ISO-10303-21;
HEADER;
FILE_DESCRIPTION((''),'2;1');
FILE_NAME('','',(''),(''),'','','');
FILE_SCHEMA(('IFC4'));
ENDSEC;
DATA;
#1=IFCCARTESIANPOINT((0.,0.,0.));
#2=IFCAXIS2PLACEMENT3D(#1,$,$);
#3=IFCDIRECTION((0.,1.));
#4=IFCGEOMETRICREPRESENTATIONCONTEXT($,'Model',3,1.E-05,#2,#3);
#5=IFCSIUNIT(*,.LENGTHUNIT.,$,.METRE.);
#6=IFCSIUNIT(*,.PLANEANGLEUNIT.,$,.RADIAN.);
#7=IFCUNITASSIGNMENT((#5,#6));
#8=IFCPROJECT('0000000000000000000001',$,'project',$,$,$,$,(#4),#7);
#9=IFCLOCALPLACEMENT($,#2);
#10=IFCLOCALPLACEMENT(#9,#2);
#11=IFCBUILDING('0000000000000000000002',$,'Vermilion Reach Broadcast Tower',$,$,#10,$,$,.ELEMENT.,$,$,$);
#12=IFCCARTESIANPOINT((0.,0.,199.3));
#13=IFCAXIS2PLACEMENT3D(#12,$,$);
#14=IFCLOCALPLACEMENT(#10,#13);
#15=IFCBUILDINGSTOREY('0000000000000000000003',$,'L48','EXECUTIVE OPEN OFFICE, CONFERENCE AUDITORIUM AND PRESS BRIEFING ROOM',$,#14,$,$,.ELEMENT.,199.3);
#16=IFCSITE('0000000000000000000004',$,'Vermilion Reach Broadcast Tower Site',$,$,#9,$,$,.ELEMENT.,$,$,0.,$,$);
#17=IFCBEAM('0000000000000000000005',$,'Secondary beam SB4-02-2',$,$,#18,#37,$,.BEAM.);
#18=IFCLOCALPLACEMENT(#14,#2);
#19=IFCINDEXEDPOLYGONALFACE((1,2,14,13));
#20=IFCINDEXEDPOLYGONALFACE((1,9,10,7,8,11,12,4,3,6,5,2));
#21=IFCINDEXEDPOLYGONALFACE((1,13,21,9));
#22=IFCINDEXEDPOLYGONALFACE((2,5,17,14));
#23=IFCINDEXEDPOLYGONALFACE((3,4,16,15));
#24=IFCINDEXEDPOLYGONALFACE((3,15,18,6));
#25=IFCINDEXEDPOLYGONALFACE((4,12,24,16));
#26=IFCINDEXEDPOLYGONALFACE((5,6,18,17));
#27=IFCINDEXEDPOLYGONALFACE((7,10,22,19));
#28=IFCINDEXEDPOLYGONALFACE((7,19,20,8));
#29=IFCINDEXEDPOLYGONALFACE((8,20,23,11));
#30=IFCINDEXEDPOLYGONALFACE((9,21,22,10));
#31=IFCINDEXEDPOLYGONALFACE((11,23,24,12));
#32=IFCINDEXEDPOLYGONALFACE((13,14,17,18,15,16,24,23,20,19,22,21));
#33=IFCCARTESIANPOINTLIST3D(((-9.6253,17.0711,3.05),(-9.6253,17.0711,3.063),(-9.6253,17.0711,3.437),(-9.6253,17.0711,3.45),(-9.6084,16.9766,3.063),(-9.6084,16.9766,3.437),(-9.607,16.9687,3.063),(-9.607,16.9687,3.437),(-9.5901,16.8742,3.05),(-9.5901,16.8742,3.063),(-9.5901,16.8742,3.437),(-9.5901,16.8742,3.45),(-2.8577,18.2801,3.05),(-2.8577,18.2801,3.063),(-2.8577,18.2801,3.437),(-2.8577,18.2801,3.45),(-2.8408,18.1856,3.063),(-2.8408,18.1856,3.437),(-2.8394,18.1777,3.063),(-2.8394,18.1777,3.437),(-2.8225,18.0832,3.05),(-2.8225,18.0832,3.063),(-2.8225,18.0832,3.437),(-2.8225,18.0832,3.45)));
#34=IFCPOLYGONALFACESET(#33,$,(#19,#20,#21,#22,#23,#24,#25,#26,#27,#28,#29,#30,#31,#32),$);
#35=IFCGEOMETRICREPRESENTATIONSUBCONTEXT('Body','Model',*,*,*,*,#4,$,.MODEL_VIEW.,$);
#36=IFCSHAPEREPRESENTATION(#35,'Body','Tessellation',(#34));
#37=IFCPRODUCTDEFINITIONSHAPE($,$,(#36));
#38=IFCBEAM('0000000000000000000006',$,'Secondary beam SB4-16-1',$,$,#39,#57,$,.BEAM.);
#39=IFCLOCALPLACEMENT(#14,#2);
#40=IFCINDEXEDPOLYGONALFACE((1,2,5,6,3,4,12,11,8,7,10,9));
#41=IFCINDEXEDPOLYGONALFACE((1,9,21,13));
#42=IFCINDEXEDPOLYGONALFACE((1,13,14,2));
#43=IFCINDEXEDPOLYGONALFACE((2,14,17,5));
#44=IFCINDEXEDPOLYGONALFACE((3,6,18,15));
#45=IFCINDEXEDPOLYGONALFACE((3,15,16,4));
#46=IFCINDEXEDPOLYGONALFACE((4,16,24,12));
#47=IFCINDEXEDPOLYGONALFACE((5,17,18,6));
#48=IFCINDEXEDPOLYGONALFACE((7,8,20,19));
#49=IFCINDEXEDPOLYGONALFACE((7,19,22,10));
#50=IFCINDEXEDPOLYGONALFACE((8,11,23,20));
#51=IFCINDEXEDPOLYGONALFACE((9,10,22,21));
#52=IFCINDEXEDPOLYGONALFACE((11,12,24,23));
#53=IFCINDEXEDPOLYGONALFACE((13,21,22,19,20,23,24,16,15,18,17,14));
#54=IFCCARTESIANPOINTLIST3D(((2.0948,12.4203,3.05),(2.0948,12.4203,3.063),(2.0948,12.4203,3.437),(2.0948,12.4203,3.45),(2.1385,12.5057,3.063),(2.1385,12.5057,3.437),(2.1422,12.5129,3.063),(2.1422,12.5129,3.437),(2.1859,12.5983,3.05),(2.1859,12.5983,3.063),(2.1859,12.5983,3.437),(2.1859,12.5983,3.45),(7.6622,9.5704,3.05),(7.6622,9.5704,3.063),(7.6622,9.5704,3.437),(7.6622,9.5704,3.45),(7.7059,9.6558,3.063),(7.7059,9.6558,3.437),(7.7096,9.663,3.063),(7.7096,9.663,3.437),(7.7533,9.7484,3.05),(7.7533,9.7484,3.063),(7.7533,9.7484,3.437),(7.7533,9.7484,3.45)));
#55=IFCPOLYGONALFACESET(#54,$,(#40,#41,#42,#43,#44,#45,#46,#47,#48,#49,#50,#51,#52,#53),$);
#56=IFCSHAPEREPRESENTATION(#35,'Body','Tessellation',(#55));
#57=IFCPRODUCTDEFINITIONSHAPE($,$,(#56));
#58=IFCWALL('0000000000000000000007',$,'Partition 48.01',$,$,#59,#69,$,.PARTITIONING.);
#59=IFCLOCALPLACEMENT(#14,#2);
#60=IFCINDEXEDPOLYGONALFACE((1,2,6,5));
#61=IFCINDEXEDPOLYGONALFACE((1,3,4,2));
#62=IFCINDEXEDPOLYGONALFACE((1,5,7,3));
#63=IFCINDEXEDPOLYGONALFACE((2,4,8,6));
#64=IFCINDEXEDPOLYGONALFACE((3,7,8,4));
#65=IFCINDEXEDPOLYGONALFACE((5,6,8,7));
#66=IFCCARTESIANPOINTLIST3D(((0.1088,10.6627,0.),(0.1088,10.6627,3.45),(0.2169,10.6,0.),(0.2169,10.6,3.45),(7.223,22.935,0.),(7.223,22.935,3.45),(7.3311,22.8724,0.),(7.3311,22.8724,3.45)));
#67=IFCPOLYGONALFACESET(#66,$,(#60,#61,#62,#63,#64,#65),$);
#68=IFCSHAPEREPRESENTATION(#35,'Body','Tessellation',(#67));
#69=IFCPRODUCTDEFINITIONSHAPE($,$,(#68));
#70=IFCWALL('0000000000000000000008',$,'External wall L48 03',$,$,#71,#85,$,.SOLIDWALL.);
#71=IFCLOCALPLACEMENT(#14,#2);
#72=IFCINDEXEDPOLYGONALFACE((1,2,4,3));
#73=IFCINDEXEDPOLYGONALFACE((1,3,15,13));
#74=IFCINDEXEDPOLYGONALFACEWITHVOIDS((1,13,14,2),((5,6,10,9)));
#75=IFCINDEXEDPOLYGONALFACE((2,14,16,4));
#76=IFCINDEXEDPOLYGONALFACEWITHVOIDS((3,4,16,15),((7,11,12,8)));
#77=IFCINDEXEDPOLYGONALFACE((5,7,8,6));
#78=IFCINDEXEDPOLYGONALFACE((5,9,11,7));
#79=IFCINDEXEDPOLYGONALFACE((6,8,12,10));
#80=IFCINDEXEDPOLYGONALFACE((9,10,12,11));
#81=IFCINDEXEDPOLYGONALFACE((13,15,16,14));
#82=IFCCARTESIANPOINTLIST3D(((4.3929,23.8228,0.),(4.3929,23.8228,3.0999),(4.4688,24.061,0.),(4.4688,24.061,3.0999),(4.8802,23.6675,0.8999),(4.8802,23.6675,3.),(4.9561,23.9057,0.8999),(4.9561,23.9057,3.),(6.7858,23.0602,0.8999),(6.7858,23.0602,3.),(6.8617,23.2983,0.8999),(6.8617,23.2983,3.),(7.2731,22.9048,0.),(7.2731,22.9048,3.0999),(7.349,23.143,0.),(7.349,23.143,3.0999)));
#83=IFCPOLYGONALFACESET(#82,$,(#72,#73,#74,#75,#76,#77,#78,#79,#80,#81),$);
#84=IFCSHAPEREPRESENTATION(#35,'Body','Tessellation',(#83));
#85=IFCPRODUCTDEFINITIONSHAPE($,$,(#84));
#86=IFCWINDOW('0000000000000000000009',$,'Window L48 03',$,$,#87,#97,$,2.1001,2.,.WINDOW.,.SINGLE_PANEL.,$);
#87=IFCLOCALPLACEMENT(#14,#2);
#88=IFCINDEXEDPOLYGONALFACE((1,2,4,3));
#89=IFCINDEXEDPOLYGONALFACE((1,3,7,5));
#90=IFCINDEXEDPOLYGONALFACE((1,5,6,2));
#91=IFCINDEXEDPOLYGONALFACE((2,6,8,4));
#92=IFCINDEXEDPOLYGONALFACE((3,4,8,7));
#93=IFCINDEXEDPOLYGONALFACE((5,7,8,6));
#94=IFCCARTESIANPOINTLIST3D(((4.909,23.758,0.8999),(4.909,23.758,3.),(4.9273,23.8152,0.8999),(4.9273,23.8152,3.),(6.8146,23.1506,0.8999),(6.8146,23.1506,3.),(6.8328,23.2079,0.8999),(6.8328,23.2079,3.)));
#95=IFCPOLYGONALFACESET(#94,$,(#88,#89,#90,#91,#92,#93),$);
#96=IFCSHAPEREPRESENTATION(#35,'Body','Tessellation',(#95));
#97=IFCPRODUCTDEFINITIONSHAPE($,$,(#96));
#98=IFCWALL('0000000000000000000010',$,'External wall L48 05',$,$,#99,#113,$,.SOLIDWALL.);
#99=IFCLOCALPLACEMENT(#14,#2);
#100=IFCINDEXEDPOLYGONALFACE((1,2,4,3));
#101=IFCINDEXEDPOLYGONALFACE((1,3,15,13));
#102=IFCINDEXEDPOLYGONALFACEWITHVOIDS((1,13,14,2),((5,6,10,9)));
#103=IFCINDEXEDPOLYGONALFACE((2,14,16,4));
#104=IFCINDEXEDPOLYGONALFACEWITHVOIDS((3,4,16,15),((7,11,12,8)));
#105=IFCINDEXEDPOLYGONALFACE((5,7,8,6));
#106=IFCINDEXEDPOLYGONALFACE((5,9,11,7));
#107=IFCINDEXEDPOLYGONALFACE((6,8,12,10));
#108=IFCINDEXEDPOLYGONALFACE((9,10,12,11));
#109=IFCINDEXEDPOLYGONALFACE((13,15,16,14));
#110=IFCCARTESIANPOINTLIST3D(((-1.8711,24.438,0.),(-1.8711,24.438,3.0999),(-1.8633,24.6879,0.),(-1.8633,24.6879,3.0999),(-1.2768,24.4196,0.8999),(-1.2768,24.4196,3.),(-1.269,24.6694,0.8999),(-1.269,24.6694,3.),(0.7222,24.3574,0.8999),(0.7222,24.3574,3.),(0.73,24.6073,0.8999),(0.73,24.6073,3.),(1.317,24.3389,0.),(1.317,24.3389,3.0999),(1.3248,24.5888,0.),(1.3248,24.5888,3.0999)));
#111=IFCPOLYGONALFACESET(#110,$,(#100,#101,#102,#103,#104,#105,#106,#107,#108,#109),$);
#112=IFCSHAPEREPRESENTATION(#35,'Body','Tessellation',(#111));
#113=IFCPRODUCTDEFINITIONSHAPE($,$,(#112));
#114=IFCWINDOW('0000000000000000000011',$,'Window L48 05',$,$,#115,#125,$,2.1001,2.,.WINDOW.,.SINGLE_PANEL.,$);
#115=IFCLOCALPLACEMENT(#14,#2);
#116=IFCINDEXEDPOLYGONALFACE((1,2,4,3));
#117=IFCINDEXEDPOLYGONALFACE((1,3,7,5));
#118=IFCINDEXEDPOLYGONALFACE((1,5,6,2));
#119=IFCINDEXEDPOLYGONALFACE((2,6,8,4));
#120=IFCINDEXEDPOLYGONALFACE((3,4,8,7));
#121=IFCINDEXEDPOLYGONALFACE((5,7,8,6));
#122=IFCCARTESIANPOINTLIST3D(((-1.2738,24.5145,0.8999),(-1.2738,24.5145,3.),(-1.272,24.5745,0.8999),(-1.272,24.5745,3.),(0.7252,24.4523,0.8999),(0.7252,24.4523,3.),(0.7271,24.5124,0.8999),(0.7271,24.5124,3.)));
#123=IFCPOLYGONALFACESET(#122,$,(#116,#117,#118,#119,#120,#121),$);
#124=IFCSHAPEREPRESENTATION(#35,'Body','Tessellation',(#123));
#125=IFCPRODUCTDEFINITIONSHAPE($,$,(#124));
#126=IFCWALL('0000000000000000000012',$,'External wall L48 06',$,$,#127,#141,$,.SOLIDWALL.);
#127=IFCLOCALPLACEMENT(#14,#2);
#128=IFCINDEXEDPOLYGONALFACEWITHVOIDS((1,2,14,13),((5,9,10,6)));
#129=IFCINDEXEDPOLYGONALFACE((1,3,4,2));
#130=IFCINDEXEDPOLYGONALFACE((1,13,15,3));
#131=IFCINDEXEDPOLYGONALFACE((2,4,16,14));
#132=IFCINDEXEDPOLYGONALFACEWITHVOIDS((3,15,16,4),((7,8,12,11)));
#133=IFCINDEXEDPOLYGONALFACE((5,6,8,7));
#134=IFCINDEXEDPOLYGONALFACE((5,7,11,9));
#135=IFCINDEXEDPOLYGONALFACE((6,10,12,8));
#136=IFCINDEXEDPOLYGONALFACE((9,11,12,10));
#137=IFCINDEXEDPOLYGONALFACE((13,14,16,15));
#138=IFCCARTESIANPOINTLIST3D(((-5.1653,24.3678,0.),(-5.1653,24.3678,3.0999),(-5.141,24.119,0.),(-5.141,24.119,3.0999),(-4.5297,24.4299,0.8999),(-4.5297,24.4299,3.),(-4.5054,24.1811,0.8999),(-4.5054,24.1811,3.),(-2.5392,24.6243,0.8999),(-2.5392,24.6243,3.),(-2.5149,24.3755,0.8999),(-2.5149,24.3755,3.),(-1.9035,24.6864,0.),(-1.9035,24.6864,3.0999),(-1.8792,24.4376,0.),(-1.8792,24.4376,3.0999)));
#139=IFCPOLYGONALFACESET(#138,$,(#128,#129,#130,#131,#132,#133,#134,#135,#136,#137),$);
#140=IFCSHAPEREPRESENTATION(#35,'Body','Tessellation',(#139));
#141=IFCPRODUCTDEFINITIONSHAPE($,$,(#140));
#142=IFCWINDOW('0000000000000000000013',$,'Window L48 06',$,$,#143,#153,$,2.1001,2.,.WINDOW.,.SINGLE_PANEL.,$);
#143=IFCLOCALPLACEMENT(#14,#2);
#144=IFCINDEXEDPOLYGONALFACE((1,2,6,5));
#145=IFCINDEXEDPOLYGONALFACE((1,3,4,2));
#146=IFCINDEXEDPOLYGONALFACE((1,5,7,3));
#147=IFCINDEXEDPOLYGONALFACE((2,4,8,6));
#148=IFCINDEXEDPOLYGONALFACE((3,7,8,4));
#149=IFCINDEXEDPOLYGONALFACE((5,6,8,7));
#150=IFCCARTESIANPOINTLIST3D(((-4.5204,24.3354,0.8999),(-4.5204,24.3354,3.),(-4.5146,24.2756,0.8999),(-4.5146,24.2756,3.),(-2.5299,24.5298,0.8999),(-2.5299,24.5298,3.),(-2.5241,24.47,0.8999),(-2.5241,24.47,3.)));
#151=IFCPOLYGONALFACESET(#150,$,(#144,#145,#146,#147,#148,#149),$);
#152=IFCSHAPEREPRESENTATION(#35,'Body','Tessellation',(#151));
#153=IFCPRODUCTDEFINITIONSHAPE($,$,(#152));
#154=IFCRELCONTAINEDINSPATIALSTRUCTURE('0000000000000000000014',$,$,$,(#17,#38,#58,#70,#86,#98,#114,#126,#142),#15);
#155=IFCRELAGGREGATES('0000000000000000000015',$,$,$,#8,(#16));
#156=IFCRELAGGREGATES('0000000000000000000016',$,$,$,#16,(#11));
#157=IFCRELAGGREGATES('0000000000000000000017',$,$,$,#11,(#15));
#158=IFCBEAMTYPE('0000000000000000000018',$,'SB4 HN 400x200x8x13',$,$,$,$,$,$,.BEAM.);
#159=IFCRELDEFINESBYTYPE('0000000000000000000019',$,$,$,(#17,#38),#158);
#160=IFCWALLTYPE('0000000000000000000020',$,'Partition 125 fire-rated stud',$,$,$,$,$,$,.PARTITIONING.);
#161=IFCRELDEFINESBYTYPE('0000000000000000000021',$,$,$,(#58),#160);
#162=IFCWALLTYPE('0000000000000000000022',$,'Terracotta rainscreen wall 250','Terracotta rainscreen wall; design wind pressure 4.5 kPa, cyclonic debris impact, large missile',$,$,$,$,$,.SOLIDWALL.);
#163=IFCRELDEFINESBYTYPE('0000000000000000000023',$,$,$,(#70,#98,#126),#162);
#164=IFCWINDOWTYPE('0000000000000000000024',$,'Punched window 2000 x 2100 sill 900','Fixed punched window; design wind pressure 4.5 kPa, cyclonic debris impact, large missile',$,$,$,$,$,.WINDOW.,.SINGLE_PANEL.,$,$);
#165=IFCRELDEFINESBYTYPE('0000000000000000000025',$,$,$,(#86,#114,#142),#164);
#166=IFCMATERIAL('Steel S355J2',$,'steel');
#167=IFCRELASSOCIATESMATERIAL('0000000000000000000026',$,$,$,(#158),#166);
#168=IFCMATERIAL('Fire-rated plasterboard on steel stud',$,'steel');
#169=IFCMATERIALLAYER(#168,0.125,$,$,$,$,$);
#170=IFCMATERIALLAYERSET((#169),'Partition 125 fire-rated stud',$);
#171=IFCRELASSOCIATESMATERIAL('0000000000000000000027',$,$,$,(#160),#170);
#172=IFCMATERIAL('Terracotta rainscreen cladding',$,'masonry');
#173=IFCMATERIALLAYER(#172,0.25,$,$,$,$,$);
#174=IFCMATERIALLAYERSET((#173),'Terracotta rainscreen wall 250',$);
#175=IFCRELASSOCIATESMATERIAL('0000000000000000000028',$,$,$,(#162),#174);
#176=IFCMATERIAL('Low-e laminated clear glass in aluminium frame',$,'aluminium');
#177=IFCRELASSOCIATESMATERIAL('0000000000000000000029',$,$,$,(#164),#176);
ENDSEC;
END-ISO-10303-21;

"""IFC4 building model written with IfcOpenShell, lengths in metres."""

from ifc_helpers import new_model, si_unit, direction, frame, frame_2d, origin, origin_2d, place, context, subcontext, project, spatial, rectangle, i_section, extrude, material, layer, layer_set, material_profile, profile_set, type_object, element, fill, save


model = new_model("IFC4")

# Units and contexts
model_context = context("Model", 3, precision=1e-05, world=origin(), true_north=direction((0.0, 1.0)))
body_context = subcontext(model_context, "Body", "Model", "MODEL_VIEW")
ifc_project = project(units=[si_unit("LENGTHUNIT", "METRE"), si_unit("PLANEANGLEUNIT", "RADIAN")], contexts=[model_context])

# Site, building, storey
site_placement = place(None, origin())
site = spatial("IfcSite", under=ifc_project, at=site_placement, Name="Vermilion Reach Broadcast Tower Site", CompositionType="ELEMENT", RefElevation=0.0)
building_placement = place(site_placement, origin())
building = spatial("IfcBuilding", under=site, at=building_placement, Name="Vermilion Reach Broadcast Tower", CompositionType="ELEMENT")
storey_placement = place(building_placement, frame((0.0, 0.0, 199.3)))
storey = spatial("IfcBuildingStorey", under=building, at=storey_placement, Name="L48", Description="EXECUTIVE OPEN OFFICE, CONFERENCE AUDITORIUM AND PRESS BRIEFING ROOM", CompositionType="ELEMENT", Elevation=199.3)

# Beams
ifc_material_1 = material(Name="Steel S355J2", Category="steel")
ifc_material_profile_1 = material_profile(ifc_material_1, i_section(OverallWidth=0.2, OverallDepth=0.3999, WebThickness=0.0081, FlangeThickness=0.0129, at=origin_2d()), Name="S355J2 HN 400x200x8x13")
ifc_profile_set_1 = profile_set([ifc_material_profile_1], Name="Steel S355J2")
beam_type_1 = type_object("IfcBeamType", Name="SB4 HN 400x200x8x13", PredefinedType="BEAM", material=ifc_profile_set_1)
beam_1_placement = place(storey_placement, frame((-2.8401, 18.1816, 3.25), z_axis=(-0.984415, -0.175859, 0.0), x_axis=(0.175859, -0.984415, 0.0)))
element("IfcBeam", 1, at=beam_1_placement, inside=storey, type_object=beam_type_1, Name="Secondary beam SB4-02-2", PredefinedType="BEAM", context=body_context, shape_type="SweptSolid", body=[
    extrude(i_section(OverallWidth=0.2, OverallDepth=0.3999, WebThickness=0.0081, FlangeThickness=0.0129, at=origin_2d()), origin(), (0.0, 0.0, 1.0), 6.8748),
])
beam_2_placement = place(storey_placement, frame((7.7078, 9.6594, 3.25), z_axis=(-0.890156, 0.455656, 0.0), x_axis=(-0.455656, -0.890156, 0.0)))
element("IfcBeam", 2, at=beam_2_placement, inside=storey, type_object=beam_type_1, Name="Secondary beam SB4-16-1", PredefinedType="BEAM", context=body_context, shape_type="SweptSolid", body=[
    extrude(i_section(OverallWidth=0.2, OverallDepth=0.3999, WebThickness=0.0081, FlangeThickness=0.0129, at=origin_2d()), origin(), (0.0, 0.0, 1.0), 6.2544),
])

# Wall
ifc_material_2 = material(Name="Fire-rated plasterboard on steel stud", Category="steel")
ifc_layer_1 = layer(ifc_material_2, 0.125)
ifc_layer_set_1 = layer_set([ifc_layer_1], Name="Partition 125 fire-rated stud")
wall_type_1 = type_object("IfcWallType", Name="Partition 125 fire-rated stud", PredefinedType="PARTITIONING", material=ifc_layer_set_1)
wall_1_placement = place(storey_placement, frame((7.2771, 22.9038, 0.0), z_axis=(0.0, 0.0, 1.0), x_axis=(-0.501519, -0.865146, 0.0)))
element("IfcWall", 3, at=wall_1_placement, inside=storey, type_object=wall_type_1, Name="Partition 48.01", PredefinedType="PARTITIONING", context=body_context, shape_type="SweptSolid", body=[
    extrude(rectangle(XDim=14.1853, YDim=0.125, at=frame_2d((7.0928, 0.0))), origin(), (0.0, 0.0, 1.0), 3.45),
])

# Wall, opening, window
ifc_material_3 = material(Name="Terracotta rainscreen cladding", Category="masonry")
ifc_layer_2 = layer(ifc_material_3, 0.25)
ifc_layer_set_2 = layer_set([ifc_layer_2], Name="Terracotta rainscreen wall 250")
wall_type_2 = type_object("IfcWallType", Name="Terracotta rainscreen wall 250", Description="Terracotta rainscreen wall; design wind pressure 4.5 kPa, cyclonic debris impact, large missile", PredefinedType="SOLIDWALL", material=ifc_layer_set_2)
wall_2_placement = place(storey_placement, frame((7.311, 23.0239, 0.0), z_axis=(0.0, 0.0, 1.0), x_axis=(-0.952776, 0.303674, 0.0)))
wall_2 = element("IfcWall", 4, at=wall_2_placement, inside=storey, type_object=wall_type_2, Name="External wall L48 03", PredefinedType="SOLIDWALL", context=body_context, shape_type="SweptSolid", body=[
    extrude(rectangle(XDim=3.0229, YDim=0.25, at=frame_2d((1.5115, 0.0))), origin(), (0.0, 0.0, 1.0), 3.0999),
])
opening_1_placement = place(wall_2_placement, frame((0.5115, 0.0, 0.8999)))
opening_1 = element("IfcOpeningElement", 5, at=opening_1_placement, cuts=wall_2, PredefinedType="OPENING", context=body_context, shape_type="SweptSolid", body=[
    extrude(rectangle(XDim=2.0, YDim=2.1001, at=frame_2d((1.0, 1.05))), frame((0.0, 0.135, 0.0), z_axis=(0.0, -1.0, 0.0), x_axis=(1.0, 0.0, 0.0)), (0.0, 0.0, 1.0), 0.27),
])
ifc_material_4 = material(Name="Low-e laminated clear glass in aluminium frame", Category="aluminium")
window_type = type_object("IfcWindowType", Name="Punched window 2000 x 2100 sill 900", Description="Fixed punched window; design wind pressure 4.5 kPa, cyclonic debris impact, large missile", PartitioningType="SINGLE_PANEL", PredefinedType="WINDOW", material=ifc_material_4)
window_1_placement = place(opening_1_placement, origin())
window_1 = element("IfcWindow", 6, at=window_1_placement, inside=storey, type_object=window_type, Name="Window L48 03", OverallHeight=2.1001, OverallWidth=2.0, PartitioningType="SINGLE_PANEL", PredefinedType="WINDOW", context=body_context, shape_type="SweptSolid", body=[
    extrude(rectangle(XDim=2.0, YDim=2.1001, at=frame_2d((1.0, 1.05))), frame((0.0, 0.03, 0.0), z_axis=(0.0, -1.0, 0.0), x_axis=(1.0, 0.0, 0.0)), (0.0, 0.0, 1.0), 0.0601),
])
fill(opening_1, window_1)

# Walls, openings, windows
wall_3_placement = place(storey_placement, frame((1.3208, 24.4639, 0.0), z_axis=(0.0, 0.0, 1.0), x_axis=(-0.999517, 0.031075, 0.0)))
wall_3 = element("IfcWall", 7, at=wall_3_placement, inside=storey, type_object=wall_type_2, Name="External wall L48 05", PredefinedType="SOLIDWALL", context=body_context, shape_type="SweptSolid", body=[
    extrude(rectangle(XDim=3.1897, YDim=0.25, at=frame_2d((1.5947, 0.0))), origin(), (0.0, 0.0, 1.0), 3.0999),
])
opening_2_placement = place(wall_3_placement, frame((0.595, 0.0, 0.8999)))
opening_2 = element("IfcOpeningElement", 8, at=opening_2_placement, cuts=wall_3, PredefinedType="OPENING", context=body_context, shape_type="SweptSolid", body=[
    extrude(rectangle(XDim=2.0, YDim=2.1001, at=frame_2d((1.0, 1.05))), frame((0.0, 0.135, 0.0), z_axis=(0.0, -1.0, 0.0), x_axis=(1.0, 0.0, 0.0)), (0.0, 0.0, 1.0), 0.27),
])
window_2_placement = place(opening_2_placement, origin())
window_2 = element("IfcWindow", 9, at=window_2_placement, inside=storey, type_object=window_type, Name="Window L48 05", OverallHeight=2.1001, OverallWidth=2.0, PartitioningType="SINGLE_PANEL", PredefinedType="WINDOW", context=body_context, shape_type="SweptSolid", body=[
    extrude(rectangle(XDim=2.0, YDim=2.1001, at=frame_2d((1.0, 1.05))), frame((0.0, 0.03, 0.0), z_axis=(0.0, -1.0, 0.0), x_axis=(1.0, 0.0, 0.0)), (0.0, 0.0, 1.0), 0.0601),
])
fill(opening_2, window_2)
wall_4_placement = place(storey_placement, frame((-1.8914, 24.562, 0.0), z_axis=(0.0, 0.0, 1.0), x_axis=(-0.995263, -0.097217, 0.0)))
wall_4 = element("IfcWall", 10, at=wall_4_placement, inside=storey, type_object=wall_type_2, Name="External wall L48 06", PredefinedType="SOLIDWALL", context=body_context, shape_type="SweptSolid", body=[
    extrude(rectangle(XDim=3.2773, YDim=0.25, at=frame_2d((1.6387, 0.0))), origin(), (0.0, 0.0, 1.0), 3.0999),
])
opening_3_placement = place(wall_4_placement, frame((0.6387, 0.0, 0.8999)))
opening_3 = element("IfcOpeningElement", 11, at=opening_3_placement, cuts=wall_4, PredefinedType="OPENING", context=body_context, shape_type="SweptSolid", body=[
    extrude(rectangle(XDim=2.0, YDim=2.1001, at=frame_2d((1.0, 1.05))), frame((0.0, 0.135, 0.0), z_axis=(0.0, -1.0, 0.0), x_axis=(1.0, 0.0, 0.0)), (0.0, 0.0, 1.0), 0.27),
])
window_3_placement = place(opening_3_placement, origin())
window_3 = element("IfcWindow", 12, at=window_3_placement, inside=storey, type_object=window_type, Name="Window L48 06", OverallHeight=2.1001, OverallWidth=2.0, PartitioningType="SINGLE_PANEL", PredefinedType="WINDOW", context=body_context, shape_type="SweptSolid", body=[
    extrude(rectangle(XDim=2.0, YDim=2.1001, at=frame_2d((1.0, 1.05))), frame((0.0, 0.03, 0.0), z_axis=(0.0, -1.0, 0.0), x_axis=(1.0, 0.0, 0.0)), (0.0, 0.0, 1.0), 0.0601),
])
fill(opening_3, window_3)

save(model, "model.ifc")
